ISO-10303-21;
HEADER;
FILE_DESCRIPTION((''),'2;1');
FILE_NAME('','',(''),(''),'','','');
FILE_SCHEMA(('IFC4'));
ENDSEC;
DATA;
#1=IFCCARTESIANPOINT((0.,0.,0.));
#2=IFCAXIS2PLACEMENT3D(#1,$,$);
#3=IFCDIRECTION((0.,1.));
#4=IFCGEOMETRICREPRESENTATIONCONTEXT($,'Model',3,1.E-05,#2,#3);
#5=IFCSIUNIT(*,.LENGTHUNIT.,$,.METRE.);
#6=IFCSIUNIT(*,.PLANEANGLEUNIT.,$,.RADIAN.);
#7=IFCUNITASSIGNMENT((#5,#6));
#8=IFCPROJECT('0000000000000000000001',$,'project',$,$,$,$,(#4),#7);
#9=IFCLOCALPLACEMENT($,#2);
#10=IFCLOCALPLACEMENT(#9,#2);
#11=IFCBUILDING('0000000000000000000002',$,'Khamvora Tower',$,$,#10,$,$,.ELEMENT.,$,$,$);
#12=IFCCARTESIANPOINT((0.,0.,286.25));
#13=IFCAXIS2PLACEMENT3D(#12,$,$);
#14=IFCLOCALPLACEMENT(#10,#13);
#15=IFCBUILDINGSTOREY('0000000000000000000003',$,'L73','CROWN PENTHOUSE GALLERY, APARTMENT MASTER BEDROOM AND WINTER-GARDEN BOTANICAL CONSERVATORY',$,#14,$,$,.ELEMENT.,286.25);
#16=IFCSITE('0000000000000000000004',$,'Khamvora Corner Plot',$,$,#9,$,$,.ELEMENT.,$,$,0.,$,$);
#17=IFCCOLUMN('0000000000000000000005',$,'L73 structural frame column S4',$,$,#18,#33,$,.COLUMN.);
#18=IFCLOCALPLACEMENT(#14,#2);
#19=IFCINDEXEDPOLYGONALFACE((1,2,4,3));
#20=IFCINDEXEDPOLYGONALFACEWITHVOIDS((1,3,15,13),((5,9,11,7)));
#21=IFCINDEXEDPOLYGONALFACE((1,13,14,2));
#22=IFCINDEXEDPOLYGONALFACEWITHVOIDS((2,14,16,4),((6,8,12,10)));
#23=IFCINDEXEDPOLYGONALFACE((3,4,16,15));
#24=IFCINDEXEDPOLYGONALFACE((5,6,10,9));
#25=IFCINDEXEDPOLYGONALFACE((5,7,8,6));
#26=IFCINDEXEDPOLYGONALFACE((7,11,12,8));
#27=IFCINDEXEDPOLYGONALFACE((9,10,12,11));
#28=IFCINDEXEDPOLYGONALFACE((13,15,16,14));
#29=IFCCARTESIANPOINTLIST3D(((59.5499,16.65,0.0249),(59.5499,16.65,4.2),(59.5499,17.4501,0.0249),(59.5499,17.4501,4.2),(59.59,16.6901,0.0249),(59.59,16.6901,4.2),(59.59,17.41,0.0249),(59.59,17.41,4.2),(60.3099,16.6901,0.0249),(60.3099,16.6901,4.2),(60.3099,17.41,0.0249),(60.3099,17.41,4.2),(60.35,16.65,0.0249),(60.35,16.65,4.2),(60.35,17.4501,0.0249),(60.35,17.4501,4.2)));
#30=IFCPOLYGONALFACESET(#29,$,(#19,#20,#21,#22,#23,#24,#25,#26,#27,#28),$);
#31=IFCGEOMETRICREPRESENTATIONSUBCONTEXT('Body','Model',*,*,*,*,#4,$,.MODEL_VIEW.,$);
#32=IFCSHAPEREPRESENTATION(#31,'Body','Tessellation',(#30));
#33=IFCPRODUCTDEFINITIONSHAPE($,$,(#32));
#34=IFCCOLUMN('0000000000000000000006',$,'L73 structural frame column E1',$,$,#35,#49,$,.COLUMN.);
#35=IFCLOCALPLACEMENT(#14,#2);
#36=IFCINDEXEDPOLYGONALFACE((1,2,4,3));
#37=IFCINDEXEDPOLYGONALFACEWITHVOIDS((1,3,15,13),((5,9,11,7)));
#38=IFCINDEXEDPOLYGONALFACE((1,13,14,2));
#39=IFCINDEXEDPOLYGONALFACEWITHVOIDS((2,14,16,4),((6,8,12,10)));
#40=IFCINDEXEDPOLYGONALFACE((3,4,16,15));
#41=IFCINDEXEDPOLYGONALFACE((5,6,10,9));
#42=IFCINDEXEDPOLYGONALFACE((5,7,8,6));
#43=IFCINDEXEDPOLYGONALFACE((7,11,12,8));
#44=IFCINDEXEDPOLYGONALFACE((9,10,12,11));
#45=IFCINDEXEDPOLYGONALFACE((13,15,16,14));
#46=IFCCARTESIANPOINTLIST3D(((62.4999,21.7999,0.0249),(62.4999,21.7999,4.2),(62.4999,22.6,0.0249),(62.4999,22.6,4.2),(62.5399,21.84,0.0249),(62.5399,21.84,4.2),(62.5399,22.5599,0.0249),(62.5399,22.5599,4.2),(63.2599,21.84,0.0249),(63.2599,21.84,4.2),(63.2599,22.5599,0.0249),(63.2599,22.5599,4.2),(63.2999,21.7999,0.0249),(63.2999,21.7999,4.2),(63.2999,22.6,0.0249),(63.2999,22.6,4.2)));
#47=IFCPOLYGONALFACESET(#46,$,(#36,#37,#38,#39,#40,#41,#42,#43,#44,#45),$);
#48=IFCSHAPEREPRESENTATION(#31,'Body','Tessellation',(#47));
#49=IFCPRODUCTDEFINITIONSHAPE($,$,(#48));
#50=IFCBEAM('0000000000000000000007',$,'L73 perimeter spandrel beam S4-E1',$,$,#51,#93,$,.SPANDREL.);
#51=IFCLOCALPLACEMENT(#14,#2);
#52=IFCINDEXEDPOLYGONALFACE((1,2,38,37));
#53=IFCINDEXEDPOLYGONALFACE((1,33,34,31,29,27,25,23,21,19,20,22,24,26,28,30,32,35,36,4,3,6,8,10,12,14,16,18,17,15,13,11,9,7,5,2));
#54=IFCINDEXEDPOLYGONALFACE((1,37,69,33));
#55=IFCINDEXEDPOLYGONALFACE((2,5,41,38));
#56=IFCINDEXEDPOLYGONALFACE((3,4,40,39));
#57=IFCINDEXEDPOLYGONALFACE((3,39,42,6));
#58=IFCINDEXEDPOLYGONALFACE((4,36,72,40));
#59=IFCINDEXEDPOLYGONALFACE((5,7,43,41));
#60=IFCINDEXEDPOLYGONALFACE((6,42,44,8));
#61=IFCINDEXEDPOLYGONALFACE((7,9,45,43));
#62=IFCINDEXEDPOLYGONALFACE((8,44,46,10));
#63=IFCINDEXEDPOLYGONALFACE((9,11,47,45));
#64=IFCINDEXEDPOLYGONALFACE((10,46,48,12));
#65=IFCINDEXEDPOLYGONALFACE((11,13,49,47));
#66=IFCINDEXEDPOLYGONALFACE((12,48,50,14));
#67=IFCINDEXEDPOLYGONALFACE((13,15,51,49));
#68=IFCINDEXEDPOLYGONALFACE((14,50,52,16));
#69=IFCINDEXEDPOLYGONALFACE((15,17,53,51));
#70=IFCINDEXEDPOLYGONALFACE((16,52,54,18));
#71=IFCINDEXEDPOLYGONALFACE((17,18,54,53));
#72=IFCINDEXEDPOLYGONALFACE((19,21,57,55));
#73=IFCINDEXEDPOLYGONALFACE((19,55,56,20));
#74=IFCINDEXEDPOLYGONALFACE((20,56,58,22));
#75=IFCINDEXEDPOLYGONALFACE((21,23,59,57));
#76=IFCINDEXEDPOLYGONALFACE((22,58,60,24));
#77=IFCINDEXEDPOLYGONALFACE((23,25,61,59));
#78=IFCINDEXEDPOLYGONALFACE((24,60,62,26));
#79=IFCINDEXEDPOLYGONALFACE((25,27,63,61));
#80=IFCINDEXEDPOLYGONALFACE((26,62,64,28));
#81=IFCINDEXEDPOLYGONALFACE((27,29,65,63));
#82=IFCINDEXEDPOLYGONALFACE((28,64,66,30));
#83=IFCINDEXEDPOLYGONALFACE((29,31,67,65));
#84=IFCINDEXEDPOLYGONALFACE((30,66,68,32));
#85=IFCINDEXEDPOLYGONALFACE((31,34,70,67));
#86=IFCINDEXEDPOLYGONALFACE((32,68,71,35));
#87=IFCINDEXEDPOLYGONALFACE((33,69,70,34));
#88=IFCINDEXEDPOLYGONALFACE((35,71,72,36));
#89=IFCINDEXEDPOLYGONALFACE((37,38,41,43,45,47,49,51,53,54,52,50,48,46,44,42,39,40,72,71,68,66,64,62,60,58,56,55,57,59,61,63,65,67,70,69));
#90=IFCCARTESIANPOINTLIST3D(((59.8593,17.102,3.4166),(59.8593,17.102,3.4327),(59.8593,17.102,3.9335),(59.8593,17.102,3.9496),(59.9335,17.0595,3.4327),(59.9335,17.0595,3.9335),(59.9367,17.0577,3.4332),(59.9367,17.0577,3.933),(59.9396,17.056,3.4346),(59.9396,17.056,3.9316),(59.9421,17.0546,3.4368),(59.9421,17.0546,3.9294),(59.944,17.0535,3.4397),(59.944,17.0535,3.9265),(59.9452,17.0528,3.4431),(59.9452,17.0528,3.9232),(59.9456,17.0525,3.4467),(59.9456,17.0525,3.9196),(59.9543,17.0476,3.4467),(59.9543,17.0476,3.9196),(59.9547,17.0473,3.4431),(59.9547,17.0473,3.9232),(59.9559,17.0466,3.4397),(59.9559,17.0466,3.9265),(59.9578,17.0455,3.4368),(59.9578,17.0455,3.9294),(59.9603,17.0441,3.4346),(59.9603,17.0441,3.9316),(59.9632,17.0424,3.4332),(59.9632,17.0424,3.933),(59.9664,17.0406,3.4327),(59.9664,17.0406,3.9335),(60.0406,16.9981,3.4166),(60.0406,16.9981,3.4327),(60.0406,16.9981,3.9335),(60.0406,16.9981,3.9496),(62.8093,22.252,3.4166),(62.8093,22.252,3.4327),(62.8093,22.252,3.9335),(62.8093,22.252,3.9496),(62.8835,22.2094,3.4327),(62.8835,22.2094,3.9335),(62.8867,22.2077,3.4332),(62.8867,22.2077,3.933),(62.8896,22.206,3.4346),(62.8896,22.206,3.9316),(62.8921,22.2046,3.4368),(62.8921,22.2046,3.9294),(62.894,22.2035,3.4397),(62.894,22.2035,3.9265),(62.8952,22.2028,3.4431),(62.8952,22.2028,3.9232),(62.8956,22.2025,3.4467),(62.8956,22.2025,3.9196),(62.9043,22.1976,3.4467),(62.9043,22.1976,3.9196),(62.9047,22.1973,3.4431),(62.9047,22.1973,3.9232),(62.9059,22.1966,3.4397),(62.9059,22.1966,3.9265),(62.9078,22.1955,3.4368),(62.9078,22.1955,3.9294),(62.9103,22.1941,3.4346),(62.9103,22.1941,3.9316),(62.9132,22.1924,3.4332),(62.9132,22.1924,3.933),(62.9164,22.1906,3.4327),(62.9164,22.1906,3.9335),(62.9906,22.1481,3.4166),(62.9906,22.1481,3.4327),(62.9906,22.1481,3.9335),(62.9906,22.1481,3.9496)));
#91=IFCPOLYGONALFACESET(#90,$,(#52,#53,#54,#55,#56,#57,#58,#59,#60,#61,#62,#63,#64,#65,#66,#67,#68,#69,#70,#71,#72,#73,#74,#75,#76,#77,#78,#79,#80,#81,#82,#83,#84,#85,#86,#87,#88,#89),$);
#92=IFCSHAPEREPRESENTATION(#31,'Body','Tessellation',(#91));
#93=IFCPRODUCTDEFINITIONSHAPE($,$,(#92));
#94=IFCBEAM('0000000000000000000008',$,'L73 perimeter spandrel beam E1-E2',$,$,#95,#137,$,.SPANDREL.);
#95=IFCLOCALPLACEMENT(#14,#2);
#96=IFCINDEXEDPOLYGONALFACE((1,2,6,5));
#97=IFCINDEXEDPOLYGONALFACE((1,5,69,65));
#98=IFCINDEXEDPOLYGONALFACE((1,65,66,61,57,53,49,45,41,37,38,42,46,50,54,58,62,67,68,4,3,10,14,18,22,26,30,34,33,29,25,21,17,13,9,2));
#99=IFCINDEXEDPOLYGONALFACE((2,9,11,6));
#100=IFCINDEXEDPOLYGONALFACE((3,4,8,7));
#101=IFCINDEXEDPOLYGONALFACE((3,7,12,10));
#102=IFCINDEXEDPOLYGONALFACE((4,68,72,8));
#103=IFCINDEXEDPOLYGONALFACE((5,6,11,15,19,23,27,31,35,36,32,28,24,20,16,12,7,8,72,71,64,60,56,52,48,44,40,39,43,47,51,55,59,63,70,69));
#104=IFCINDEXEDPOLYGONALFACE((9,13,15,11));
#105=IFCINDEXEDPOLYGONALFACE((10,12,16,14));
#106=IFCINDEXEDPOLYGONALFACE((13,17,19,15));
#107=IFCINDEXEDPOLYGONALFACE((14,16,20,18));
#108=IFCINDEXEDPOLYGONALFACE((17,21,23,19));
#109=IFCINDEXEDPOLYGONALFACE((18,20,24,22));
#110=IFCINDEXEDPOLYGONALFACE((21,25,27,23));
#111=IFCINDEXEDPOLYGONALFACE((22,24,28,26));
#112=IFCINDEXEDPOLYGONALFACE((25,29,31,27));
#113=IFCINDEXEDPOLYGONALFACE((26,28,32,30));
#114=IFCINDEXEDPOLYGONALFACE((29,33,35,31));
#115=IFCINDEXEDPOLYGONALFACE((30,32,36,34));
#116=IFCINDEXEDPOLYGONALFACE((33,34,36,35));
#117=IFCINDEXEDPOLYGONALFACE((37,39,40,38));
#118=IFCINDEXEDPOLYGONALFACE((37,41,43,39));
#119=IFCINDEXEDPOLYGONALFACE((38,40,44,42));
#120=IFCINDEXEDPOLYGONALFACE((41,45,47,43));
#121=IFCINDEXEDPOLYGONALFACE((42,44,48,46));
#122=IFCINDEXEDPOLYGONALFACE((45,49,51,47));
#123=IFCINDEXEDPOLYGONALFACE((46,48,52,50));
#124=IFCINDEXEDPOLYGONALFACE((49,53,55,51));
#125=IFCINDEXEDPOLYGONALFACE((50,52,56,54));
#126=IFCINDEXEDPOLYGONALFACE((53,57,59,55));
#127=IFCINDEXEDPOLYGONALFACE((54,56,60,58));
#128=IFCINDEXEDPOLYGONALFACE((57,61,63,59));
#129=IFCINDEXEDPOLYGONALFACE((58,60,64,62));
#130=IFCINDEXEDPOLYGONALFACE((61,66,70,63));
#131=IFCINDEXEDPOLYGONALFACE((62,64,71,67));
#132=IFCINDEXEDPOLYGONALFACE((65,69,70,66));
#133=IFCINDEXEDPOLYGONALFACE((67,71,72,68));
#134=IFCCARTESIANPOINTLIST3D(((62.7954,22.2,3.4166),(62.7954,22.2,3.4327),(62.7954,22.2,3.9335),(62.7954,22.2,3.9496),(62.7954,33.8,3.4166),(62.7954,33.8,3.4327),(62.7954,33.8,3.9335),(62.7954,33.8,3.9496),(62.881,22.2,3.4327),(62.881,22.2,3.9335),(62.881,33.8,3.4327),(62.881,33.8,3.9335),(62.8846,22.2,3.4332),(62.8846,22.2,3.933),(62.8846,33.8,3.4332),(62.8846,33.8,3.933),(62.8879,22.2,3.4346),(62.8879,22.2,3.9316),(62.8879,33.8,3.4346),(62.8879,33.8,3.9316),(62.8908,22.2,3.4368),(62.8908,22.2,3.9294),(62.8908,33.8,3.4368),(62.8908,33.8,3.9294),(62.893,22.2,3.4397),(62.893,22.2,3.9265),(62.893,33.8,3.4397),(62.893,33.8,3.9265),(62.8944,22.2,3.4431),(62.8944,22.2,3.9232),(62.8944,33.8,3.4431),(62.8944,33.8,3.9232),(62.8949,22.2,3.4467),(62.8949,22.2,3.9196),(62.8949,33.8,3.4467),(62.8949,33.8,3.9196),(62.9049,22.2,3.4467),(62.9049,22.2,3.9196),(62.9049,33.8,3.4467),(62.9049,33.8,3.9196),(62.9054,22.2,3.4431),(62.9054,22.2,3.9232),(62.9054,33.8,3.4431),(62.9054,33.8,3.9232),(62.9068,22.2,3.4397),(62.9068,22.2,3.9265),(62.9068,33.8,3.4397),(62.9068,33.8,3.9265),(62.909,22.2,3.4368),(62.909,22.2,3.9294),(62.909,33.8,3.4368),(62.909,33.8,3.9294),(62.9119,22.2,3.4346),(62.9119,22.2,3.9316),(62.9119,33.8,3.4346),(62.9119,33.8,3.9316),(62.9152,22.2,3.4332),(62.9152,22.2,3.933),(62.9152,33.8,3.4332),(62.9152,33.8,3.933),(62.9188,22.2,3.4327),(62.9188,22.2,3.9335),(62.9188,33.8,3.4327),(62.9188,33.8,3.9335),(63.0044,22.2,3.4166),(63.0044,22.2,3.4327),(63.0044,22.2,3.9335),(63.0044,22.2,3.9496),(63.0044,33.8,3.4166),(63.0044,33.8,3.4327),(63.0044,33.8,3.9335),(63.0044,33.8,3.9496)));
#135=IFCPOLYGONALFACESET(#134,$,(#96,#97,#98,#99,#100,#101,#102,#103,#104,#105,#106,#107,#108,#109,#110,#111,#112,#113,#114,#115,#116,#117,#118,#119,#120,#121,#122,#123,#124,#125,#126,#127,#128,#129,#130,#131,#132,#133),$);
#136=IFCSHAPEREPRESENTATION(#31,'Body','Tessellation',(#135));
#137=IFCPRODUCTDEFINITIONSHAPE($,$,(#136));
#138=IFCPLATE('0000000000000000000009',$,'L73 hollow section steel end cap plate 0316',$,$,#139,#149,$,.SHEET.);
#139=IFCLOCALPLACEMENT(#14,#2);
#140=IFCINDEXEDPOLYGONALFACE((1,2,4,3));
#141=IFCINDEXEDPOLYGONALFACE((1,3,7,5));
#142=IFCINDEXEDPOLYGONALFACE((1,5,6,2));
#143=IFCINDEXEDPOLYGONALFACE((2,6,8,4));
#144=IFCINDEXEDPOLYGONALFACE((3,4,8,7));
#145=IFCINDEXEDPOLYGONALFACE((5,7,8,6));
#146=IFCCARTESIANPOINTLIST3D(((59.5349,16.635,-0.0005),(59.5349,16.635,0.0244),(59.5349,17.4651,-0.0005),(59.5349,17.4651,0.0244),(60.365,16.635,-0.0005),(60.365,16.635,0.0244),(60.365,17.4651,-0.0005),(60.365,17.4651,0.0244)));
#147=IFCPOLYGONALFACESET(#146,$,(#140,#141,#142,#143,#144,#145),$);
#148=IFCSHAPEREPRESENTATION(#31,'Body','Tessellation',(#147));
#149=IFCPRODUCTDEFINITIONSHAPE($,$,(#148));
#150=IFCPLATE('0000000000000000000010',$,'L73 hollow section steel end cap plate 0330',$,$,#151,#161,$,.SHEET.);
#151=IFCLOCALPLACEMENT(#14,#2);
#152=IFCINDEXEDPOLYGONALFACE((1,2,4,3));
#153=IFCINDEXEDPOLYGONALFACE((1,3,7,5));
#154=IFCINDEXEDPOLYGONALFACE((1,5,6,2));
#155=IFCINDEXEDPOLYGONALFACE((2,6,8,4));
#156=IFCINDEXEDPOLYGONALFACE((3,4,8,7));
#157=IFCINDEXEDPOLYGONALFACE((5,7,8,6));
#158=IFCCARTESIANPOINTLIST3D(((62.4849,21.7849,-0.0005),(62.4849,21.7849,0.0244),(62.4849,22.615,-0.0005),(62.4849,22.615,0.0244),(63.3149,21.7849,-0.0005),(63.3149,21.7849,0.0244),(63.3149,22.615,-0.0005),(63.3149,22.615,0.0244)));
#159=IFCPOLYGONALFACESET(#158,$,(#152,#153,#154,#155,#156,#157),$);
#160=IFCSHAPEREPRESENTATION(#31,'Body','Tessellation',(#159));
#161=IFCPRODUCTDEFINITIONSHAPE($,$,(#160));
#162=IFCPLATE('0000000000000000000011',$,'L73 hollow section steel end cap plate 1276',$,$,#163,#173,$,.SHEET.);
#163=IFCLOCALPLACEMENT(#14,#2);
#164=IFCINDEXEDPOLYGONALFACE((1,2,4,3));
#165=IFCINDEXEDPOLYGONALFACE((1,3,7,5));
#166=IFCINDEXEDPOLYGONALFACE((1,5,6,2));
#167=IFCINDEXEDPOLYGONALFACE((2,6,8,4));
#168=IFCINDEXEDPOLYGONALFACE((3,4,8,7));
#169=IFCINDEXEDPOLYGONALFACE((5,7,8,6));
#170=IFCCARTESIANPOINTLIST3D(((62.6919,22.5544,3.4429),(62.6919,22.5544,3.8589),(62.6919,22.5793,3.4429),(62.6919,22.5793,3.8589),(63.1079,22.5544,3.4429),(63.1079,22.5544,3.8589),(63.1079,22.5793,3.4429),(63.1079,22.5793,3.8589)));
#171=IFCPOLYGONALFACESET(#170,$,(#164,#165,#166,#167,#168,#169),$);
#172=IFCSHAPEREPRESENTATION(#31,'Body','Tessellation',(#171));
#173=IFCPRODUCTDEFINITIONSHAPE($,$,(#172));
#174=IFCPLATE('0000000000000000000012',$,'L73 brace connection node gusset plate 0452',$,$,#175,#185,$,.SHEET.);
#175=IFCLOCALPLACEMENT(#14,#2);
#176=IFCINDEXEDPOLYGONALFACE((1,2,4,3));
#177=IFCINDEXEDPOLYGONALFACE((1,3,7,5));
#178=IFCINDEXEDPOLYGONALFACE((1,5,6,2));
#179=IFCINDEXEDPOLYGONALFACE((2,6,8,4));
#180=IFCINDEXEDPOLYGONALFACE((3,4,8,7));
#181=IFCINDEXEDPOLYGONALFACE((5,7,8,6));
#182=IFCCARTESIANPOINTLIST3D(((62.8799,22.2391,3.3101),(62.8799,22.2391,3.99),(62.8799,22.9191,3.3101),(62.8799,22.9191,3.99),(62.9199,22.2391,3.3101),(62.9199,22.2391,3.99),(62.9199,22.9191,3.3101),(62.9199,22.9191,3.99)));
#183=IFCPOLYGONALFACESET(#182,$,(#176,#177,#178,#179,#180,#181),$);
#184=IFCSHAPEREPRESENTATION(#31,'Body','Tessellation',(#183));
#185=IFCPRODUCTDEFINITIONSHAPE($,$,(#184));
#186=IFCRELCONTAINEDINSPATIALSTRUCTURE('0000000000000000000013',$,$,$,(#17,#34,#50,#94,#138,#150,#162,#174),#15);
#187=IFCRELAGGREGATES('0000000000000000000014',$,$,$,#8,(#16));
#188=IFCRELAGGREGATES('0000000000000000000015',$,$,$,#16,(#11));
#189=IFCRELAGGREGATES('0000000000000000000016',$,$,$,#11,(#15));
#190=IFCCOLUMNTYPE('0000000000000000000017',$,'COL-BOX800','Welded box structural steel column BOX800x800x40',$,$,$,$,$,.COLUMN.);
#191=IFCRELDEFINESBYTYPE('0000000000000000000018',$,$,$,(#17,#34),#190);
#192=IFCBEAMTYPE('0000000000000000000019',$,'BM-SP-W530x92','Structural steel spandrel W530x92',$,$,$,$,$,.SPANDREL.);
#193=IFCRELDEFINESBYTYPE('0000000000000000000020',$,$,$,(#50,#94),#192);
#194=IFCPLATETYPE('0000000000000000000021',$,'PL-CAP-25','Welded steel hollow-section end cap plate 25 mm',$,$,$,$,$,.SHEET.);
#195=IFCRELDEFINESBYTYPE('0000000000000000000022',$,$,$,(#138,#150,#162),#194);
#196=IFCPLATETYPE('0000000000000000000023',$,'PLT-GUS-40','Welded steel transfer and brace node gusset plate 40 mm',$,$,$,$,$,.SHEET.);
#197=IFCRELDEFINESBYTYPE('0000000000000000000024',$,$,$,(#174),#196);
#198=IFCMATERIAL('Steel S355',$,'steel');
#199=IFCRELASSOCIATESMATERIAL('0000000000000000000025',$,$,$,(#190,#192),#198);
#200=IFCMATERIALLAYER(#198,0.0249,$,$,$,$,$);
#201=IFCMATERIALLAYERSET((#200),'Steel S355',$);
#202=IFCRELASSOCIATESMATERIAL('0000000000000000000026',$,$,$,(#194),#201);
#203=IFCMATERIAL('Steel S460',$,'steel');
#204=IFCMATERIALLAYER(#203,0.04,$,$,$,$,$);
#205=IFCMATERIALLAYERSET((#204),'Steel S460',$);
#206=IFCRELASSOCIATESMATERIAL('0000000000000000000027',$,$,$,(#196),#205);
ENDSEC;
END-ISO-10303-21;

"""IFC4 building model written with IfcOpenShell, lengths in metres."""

from ifc_helpers import new_model, si_unit, direction, frame, origin, origin_2d, place, context, subcontext, project, spatial, rectangle, hollow_rectangle, i_section, extrude, material, layer, layer_set, material_profile, profile_set, type_object, element, save


model = new_model("IFC4")

# Units and contexts
model_context = context("Model", 3, precision=1e-05, world=origin(), true_north=direction((0.0, 1.0)))
body_context = subcontext(model_context, "Body", "Model", "MODEL_VIEW")
ifc_project = project(units=[si_unit("LENGTHUNIT", "METRE"), si_unit("PLANEANGLEUNIT", "RADIAN")], contexts=[model_context])

# Site, building, storey
site_placement = place(None, origin())
site = spatial("IfcSite", under=ifc_project, at=site_placement, Name="Khamvora Corner Plot", CompositionType="ELEMENT", RefElevation=0.0)
building_placement = place(site_placement, origin())
building = spatial("IfcBuilding", under=site, at=building_placement, Name="Khamvora Tower", CompositionType="ELEMENT")
storey_placement = place(building_placement, frame((0.0, 0.0, 286.25)))
storey = spatial("IfcBuildingStorey", under=building, at=storey_placement, Name="L73", Description="CROWN PENTHOUSE GALLERY, APARTMENT MASTER BEDROOM AND WINTER-GARDEN BOTANICAL CONSERVATORY", CompositionType="ELEMENT", Elevation=286.25)

# Columns
ifc_material_1 = material(Name="Steel S355", Category="steel")
ifc_material_profile_1 = material_profile(ifc_material_1, hollow_rectangle(XDim=0.8, YDim=0.8, WallThickness=0.04, at=origin_2d()), Name="BOX800x800x40")
ifc_profile_set_1 = profile_set([ifc_material_profile_1], Name="Steel S355")
column_type = type_object("IfcColumnType", Name="COL-BOX800", Description="Welded box structural steel column BOX800x800x40", PredefinedType="COLUMN", material=ifc_profile_set_1)
for number, where, z_axis, x_axis, name in (
    (1, (59.95, 17.05, 0.0249), (0.0, 0.0, 1.0), (1.0, 0.0, 0.0), "L73 structural frame column S4"),
    (2, (62.8999, 22.2, 0.0249), (0.0, 0.0, 1.0), (1.0, 0.0, 0.0), "L73 structural frame column E1"),
):
    element("IfcColumn", number, at=place(storey_placement, frame(where, z_axis=z_axis, x_axis=x_axis)), inside=storey, type_object=column_type, Name=name, PredefinedType="COLUMN", context=body_context, shape_type="SweptSolid", body=[
        extrude(hollow_rectangle(XDim=0.8, YDim=0.8, WallThickness=0.04, at=origin_2d()), origin(), (0.0, 0.0, 1.0), 4.175),
    ])

# Beams
ifc_material_profile_2 = material_profile(ifc_material_1, i_section(OverallWidth=0.209, OverallDepth=0.533, WebThickness=0.01, FlangeThickness=0.0161, FilletRadius=0.0139, at=origin_2d()), Name="W530x92")
ifc_profile_set_2 = profile_set([ifc_material_profile_2], Name="Steel S355")
beam_type = type_object("IfcBeamType", Name="BM-SP-W530x92", Description="Structural steel spandrel W530x92", PredefinedType="SPANDREL", material=ifc_profile_set_2)
beam_1_placement = place(storey_placement, frame((59.95, 17.05, 3.6831), z_axis=(0.497047, 0.867724, 0.0), x_axis=(-0.867724, 0.497047, 0.0)))
element("IfcBeam", 3, at=beam_1_placement, inside=storey, type_object=beam_type, Name="L73 perimeter spandrel beam S4-E1", PredefinedType="SPANDREL", context=body_context, shape_type="SweptSolid", body=[
    extrude(i_section(OverallWidth=0.209, OverallDepth=0.533, WebThickness=0.01, FlangeThickness=0.0161, FilletRadius=0.0139, at=origin_2d()), origin(), (0.0, 0.0, 1.0), 5.9351),
])
beam_2_placement = place(storey_placement, frame((62.8999, 22.2, 3.6831), z_axis=(0.0, 1.0, 0.0), x_axis=(-1.0, 0.0, 0.0)))
element("IfcBeam", 4, at=beam_2_placement, inside=storey, type_object=beam_type, Name="L73 perimeter spandrel beam E1-E2", PredefinedType="SPANDREL", context=body_context, shape_type="SweptSolid", body=[
    extrude(i_section(OverallWidth=0.209, OverallDepth=0.533, WebThickness=0.01, FlangeThickness=0.0161, FilletRadius=0.0139, at=origin_2d()), origin(), (0.0, 0.0, 1.0), 11.6001),
])

# Plates
ifc_layer_1 = layer(ifc_material_1, 0.0249)
ifc_layer_set_1 = layer_set([ifc_layer_1], Name="Steel S355")
plate_type_1 = type_object("IfcPlateType", Name="PL-CAP-25", Description="Welded steel hollow-section end cap plate 25 mm", PredefinedType="SHEET", material=ifc_layer_set_1)
for number, where, z_axis, x_axis, name in (
    (5, (59.95, 17.05, -0.0005), (0.0, 0.0, 1.0), (1.0, 0.0, 0.0), "L73 hollow section steel end cap plate 0316"),
    (6, (62.8999, 22.2, -0.0005), (0.0, 0.0, 1.0), (1.0, 0.0, 0.0), "L73 hollow section steel end cap plate 0330"),
):
    element("IfcPlate", number, at=place(storey_placement, frame(where, z_axis=z_axis, x_axis=x_axis)), inside=storey, type_object=plate_type_1, Name=name, PredefinedType="SHEET", context=body_context, shape_type="SweptSolid", body=[
        extrude(rectangle(XDim=0.8301, YDim=0.8301, at=origin_2d()), origin(), (0.0, 0.0, 1.0), 0.0249),
    ])
plate_1_placement = place(storey_placement, frame((62.8999, 22.5669, 3.4429), z_axis=(0.0, 0.0, 1.0), x_axis=(0.0, -1.0, 0.0)))
element("IfcPlate", 7, at=plate_1_placement, inside=storey, type_object=plate_type_1, Name="L73 hollow section steel end cap plate 1276", PredefinedType="SHEET", context=body_context, shape_type="SweptSolid", body=[
    extrude(rectangle(XDim=0.0249, YDim=0.416, at=origin_2d()), origin(), (0.0, 0.0, 1.0), 0.416),
])
ifc_material_2 = material(Name="Steel S460", Category="steel")
ifc_layer_2 = layer(ifc_material_2, 0.04)
ifc_layer_set_2 = layer_set([ifc_layer_2], Name="Steel S460")
plate_type_2 = type_object("IfcPlateType", Name="PLT-GUS-40", Description="Welded steel transfer and brace node gusset plate 40 mm", PredefinedType="SHEET", material=ifc_layer_set_2)
plate_2_placement = place(storey_placement, frame((62.8999, 22.5791, 3.3101), z_axis=(0.0, 0.0, 1.0), x_axis=(0.0, 1.0, 0.0)))
element("IfcPlate", 8, at=plate_2_placement, inside=storey, type_object=plate_type_2, Name="L73 brace connection node gusset plate 0452", PredefinedType="SHEET", context=body_context, shape_type="SweptSolid", body=[
    extrude(rectangle(XDim=0.6799, YDim=0.04, at=origin_2d()), origin(), (0.0, 0.0, 1.0), 0.6799),
])

save(model, "model.ifc")
